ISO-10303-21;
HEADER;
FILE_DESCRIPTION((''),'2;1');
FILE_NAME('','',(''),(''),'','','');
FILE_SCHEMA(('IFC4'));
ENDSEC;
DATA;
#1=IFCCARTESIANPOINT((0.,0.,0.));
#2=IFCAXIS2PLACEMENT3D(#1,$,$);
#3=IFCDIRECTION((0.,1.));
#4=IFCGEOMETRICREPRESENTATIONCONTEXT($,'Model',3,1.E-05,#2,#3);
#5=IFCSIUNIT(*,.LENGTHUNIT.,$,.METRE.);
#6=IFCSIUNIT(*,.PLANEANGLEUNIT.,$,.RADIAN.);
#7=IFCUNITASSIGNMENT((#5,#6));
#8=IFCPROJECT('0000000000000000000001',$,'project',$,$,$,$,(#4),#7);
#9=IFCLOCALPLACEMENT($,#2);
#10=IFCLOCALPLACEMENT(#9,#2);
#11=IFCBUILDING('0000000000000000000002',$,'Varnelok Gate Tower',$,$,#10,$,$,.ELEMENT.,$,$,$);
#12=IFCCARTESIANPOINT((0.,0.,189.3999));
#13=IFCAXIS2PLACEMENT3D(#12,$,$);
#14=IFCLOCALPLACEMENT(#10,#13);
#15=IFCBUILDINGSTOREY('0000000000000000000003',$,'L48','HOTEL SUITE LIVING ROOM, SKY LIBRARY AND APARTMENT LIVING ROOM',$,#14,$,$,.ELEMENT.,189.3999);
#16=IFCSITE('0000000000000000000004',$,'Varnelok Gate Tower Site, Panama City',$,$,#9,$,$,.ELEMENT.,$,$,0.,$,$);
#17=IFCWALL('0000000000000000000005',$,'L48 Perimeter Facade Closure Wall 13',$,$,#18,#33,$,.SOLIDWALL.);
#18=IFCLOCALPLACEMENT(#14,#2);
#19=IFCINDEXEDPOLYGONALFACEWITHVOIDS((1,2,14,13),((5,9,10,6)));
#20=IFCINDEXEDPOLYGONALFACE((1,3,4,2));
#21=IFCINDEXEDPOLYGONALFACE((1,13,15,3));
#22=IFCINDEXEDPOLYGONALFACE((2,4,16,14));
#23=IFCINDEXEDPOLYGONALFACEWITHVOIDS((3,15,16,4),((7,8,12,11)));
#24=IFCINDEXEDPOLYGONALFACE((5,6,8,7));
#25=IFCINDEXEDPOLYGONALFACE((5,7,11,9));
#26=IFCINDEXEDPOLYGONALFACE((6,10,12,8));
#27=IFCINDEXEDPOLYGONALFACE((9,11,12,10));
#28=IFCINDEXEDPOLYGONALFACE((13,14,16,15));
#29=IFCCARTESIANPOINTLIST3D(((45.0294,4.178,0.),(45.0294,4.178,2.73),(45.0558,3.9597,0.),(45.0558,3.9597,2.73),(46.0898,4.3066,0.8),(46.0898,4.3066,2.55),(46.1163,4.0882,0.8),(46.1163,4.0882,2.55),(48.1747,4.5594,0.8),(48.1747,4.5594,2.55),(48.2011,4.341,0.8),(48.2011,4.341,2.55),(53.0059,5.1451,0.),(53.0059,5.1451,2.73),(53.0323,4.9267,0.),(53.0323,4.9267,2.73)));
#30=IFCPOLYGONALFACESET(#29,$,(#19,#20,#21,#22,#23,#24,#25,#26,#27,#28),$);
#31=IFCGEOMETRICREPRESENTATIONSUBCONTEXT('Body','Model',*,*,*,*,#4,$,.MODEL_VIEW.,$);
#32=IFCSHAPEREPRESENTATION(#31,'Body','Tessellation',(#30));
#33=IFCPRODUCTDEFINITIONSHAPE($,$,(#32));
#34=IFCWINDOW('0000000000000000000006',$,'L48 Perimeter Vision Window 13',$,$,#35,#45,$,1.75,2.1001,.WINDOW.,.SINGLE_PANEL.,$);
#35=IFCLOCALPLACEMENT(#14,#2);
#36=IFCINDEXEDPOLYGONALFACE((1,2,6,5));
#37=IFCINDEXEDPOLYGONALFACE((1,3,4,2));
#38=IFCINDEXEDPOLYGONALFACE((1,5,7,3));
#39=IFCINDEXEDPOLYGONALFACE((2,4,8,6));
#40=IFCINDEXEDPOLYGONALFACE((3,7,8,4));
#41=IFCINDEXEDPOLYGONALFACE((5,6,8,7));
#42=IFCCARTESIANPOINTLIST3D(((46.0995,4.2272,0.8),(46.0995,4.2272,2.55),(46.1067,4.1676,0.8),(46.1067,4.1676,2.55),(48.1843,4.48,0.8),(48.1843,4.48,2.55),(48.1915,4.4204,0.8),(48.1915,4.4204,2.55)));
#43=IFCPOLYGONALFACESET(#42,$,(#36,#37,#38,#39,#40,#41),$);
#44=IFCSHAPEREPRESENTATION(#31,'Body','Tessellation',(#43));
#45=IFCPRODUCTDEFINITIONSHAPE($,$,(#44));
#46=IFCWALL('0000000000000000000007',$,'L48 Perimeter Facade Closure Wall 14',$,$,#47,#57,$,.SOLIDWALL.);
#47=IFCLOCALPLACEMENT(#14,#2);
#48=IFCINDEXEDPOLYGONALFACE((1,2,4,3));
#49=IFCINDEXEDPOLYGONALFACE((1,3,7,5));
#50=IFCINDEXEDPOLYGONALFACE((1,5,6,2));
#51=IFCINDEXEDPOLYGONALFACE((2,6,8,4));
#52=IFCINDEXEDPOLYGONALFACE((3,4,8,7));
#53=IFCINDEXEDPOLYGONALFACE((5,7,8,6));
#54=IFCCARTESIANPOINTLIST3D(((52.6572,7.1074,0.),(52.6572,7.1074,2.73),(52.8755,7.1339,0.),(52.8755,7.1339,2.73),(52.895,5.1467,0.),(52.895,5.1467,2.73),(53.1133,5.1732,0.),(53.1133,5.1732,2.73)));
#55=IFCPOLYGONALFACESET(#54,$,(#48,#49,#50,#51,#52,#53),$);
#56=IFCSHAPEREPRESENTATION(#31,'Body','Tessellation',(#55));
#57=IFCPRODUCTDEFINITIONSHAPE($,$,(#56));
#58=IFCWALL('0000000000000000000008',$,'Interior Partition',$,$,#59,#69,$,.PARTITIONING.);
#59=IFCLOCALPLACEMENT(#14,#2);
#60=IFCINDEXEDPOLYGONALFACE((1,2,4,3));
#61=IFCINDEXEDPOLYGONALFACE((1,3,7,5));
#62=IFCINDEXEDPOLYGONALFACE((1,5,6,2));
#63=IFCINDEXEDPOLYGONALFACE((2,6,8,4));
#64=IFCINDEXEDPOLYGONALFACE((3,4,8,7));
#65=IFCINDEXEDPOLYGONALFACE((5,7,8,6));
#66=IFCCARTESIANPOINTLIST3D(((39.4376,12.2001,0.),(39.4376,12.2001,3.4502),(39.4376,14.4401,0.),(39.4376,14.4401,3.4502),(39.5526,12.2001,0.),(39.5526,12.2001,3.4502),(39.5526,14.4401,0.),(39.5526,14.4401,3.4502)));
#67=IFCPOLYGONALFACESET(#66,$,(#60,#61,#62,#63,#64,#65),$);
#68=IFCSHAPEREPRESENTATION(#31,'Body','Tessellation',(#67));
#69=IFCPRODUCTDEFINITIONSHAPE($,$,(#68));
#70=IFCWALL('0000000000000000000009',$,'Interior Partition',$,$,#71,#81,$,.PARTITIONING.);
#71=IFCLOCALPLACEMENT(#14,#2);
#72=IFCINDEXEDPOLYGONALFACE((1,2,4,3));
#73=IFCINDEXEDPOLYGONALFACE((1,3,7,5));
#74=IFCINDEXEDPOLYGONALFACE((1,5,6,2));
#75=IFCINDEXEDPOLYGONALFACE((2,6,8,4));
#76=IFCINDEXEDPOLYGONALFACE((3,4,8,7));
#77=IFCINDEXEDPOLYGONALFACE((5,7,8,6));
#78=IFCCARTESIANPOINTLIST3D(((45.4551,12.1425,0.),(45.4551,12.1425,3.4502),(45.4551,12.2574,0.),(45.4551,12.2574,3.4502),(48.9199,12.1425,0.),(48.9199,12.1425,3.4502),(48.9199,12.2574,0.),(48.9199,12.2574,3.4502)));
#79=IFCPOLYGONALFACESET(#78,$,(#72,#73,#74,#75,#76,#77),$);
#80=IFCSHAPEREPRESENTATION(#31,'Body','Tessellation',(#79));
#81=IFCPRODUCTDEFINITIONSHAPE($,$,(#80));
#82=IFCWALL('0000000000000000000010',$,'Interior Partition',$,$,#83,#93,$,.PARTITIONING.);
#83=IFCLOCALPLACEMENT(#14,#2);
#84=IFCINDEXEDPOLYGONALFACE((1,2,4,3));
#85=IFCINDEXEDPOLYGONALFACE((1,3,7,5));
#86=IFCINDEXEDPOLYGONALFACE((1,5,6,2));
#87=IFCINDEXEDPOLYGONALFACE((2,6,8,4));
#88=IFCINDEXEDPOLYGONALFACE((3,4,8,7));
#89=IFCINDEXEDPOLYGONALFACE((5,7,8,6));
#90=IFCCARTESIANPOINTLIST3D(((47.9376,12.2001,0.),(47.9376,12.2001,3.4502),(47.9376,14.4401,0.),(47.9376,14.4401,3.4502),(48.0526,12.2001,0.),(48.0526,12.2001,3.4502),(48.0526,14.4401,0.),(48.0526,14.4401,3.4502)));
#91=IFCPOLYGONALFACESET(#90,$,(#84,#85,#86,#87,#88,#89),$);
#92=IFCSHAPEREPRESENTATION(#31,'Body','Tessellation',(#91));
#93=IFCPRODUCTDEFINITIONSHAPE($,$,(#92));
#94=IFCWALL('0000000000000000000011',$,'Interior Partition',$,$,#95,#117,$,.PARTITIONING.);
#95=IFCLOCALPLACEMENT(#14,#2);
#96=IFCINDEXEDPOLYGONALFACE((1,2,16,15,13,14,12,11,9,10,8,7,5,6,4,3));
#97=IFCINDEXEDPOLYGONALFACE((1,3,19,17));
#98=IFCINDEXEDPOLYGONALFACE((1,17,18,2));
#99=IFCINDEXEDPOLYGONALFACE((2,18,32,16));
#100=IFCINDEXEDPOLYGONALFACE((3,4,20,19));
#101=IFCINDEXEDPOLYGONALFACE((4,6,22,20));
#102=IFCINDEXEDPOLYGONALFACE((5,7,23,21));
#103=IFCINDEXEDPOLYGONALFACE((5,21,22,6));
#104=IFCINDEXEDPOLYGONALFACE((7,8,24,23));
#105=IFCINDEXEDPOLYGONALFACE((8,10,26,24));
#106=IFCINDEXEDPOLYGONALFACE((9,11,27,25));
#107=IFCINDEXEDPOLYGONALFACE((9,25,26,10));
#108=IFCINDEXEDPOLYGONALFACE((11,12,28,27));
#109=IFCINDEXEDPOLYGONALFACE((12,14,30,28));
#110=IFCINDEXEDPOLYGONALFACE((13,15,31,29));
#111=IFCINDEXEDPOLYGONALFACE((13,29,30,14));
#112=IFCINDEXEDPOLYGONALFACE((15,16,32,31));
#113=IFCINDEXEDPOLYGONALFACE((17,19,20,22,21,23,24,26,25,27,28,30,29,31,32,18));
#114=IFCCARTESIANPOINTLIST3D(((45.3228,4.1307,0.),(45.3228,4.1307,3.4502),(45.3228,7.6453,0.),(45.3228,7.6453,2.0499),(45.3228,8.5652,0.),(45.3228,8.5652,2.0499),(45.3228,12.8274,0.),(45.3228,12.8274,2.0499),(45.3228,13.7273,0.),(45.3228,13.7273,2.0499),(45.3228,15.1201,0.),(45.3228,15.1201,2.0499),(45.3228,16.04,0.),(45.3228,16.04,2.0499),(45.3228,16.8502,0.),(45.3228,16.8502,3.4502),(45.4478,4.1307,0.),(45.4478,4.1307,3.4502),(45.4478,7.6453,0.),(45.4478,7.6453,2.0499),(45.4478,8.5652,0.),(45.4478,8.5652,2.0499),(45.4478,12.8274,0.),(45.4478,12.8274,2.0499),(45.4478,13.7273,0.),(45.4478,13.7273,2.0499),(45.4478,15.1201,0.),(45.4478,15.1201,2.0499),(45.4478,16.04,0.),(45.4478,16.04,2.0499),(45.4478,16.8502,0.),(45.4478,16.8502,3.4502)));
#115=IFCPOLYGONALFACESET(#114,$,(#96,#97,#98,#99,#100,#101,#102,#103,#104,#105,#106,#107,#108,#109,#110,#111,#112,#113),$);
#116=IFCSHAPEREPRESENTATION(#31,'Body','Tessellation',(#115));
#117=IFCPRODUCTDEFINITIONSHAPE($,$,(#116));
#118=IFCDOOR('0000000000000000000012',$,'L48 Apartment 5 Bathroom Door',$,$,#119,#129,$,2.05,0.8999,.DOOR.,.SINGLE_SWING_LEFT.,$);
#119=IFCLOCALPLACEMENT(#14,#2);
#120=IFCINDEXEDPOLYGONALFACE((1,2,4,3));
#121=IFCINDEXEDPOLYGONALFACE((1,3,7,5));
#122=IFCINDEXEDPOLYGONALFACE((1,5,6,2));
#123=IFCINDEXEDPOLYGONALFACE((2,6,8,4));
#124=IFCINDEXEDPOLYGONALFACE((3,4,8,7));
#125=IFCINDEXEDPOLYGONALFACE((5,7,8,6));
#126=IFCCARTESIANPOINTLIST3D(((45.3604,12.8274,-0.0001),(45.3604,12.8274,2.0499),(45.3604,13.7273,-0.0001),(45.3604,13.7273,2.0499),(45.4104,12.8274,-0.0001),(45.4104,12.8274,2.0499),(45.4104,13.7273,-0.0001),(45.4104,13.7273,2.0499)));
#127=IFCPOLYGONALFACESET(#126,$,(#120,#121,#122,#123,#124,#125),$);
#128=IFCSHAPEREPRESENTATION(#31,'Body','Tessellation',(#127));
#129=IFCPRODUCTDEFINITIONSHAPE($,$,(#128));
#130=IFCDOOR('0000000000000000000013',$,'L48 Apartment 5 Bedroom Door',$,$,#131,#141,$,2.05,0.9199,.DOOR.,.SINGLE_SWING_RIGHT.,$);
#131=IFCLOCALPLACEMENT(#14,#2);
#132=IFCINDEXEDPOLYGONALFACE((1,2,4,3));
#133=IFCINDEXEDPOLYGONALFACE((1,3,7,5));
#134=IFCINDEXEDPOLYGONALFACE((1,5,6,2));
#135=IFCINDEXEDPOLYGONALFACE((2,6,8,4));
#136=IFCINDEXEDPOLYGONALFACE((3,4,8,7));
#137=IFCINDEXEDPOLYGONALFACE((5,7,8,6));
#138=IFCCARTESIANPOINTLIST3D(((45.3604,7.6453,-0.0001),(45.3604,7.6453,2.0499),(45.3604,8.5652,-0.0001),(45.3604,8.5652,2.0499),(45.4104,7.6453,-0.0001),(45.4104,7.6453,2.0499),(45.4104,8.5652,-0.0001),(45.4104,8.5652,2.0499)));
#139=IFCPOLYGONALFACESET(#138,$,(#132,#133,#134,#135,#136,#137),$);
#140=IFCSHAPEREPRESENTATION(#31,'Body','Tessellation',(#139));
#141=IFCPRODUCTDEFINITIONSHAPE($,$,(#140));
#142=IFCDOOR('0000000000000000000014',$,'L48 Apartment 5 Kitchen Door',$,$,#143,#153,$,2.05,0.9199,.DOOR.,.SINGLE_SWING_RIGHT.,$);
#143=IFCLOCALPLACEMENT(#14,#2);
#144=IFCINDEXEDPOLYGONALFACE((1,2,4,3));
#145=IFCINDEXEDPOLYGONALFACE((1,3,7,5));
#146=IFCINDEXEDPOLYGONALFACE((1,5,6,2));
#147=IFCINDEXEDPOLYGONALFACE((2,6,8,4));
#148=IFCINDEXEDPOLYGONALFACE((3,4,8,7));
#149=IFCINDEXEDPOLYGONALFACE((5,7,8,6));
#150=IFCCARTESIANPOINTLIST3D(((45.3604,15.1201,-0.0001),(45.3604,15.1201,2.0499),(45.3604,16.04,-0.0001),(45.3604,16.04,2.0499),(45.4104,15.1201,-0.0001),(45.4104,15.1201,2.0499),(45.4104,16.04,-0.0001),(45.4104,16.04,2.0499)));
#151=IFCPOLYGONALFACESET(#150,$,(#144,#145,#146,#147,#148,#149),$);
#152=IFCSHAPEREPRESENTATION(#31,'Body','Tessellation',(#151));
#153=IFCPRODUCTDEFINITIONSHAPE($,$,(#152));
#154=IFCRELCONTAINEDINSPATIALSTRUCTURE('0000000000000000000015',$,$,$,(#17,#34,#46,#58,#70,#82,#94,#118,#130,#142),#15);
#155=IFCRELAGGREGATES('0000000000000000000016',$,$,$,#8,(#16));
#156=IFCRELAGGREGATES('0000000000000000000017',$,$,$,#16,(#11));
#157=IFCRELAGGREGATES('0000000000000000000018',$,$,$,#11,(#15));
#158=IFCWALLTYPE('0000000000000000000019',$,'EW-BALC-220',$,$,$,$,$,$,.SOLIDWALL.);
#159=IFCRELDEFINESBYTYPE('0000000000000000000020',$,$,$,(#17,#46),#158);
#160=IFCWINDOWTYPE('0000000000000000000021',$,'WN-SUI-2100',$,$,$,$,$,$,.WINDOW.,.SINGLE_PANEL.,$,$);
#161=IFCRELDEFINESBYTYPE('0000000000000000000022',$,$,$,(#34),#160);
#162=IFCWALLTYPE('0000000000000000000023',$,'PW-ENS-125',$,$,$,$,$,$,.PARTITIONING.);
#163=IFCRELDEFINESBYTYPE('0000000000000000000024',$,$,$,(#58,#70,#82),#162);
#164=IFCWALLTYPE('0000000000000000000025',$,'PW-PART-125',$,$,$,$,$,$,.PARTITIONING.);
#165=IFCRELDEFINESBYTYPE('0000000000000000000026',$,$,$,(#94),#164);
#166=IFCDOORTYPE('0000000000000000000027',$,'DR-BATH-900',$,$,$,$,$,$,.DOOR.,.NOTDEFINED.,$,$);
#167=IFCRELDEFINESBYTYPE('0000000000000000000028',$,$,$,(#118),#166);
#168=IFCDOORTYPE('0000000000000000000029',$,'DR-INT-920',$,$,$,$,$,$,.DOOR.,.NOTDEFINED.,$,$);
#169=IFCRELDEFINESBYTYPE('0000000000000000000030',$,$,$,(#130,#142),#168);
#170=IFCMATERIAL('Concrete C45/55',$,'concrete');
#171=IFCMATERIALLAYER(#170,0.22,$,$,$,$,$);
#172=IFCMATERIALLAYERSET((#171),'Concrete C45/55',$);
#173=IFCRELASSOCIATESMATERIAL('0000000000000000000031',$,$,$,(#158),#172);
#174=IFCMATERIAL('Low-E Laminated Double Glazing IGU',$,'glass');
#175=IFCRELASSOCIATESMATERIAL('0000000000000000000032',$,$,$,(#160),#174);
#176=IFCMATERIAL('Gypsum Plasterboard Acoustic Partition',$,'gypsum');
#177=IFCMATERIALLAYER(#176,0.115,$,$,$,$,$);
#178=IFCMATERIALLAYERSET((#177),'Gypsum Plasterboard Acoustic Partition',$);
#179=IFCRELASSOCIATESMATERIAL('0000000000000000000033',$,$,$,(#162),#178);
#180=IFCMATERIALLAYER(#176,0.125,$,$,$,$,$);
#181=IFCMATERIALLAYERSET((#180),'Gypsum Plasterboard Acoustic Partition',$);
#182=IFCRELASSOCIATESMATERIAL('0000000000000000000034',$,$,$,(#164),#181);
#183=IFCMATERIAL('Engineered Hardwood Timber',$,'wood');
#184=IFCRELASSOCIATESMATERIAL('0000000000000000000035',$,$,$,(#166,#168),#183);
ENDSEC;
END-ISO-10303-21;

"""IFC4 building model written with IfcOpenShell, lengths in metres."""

from ifc_helpers import new_model, si_unit, direction, frame, frame_2d, origin, place, context, subcontext, project, spatial, rectangle, extrude, material, layer, layer_set, type_object, element, fill, save


model = new_model("IFC4")

# Units and contexts
model_context = context("Model", 3, precision=1e-05, world=origin(), true_north=direction((0.0, 1.0)))
body_context = subcontext(model_context, "Body", "Model", "MODEL_VIEW")
ifc_project = project(units=[si_unit("LENGTHUNIT", "METRE"), si_unit("PLANEANGLEUNIT", "RADIAN")], contexts=[model_context])

# Site, building, storey
site_placement = place(None, origin())
site = spatial("IfcSite", under=ifc_project, at=site_placement, Name="Varnelok Gate Tower Site, Panama City", CompositionType="ELEMENT", RefElevation=0.0)
building_placement = place(site_placement, origin())
building = spatial("IfcBuilding", under=site, at=building_placement, Name="Varnelok Gate Tower", CompositionType="ELEMENT")
storey_placement = place(building_placement, frame((0.0, 0.0, 189.3999)))
storey = spatial("IfcBuildingStorey", under=building, at=storey_placement, Name="L48", Description="HOTEL SUITE LIVING ROOM, SKY LIBRARY AND APARTMENT LIVING ROOM", CompositionType="ELEMENT", Elevation=189.3999)

# Shared definitions
ifc_material_1 = material(Name="Concrete C45/55", Category="concrete")
ifc_layer_1 = layer(ifc_material_1, 0.22)
ifc_layer_set_1 = layer_set([ifc_layer_1], Name="Concrete C45/55")
wall_type_1 = type_object("IfcWallType", Name="EW-BALC-220", PredefinedType="SOLIDWALL", material=ifc_layer_set_1)

# Shared definitions
ifc_material_2 = material(Name="Low-E Laminated Double Glazing IGU", Category="glass")

# Wall, opening, window
wall_1_placement = place(storey_placement, frame((45.0425, 4.0688, 0.0), z_axis=(0.0, 0.0, 1.0), x_axis=(0.992731, 0.120354, 0.0)))
wall_1 = element("IfcWall", 1, at=wall_1_placement, inside=storey, type_object=wall_type_1, Name="L48 Perimeter Facade Closure Wall 13", PredefinedType="SOLIDWALL", context=body_context, shape_type="SweptSolid", body=[
    extrude(rectangle(XDim=8.0349, YDim=0.22, at=frame_2d((4.0176, 0.0))), origin(), (0.0, 0.0, 1.0), 2.73),
])
opening_1_placement = place(wall_1_placement, frame((1.0684, 0.0, 0.8)))
opening_1 = element("IfcOpeningElement", 2, at=opening_1_placement, cuts=wall_1, PredefinedType="OPENING", context=body_context, shape_type="SweptSolid", body=[
    extrude(rectangle(XDim=2.1001, YDim=1.75, at=frame_2d((1.05, 0.875))), frame((0.0, 0.1199, 0.0), z_axis=(0.0, -1.0, 0.0), x_axis=(1.0, 0.0, 0.0)), (0.0, 0.0, 1.0), 0.24),
])
window_type_1 = type_object("IfcWindowType", Name="WN-SUI-2100", PartitioningType="SINGLE_PANEL", PredefinedType="WINDOW", material=ifc_material_2)
window_1_placement = place(opening_1_placement, origin())
window_1 = element("IfcWindow", 3, at=window_1_placement, inside=storey, type_object=window_type_1, Name="L48 Perimeter Vision Window 13", OverallHeight=1.75, OverallWidth=2.1001, PartitioningType="SINGLE_PANEL", PredefinedType="WINDOW", context=body_context, shape_type="SweptSolid", body=[
    extrude(rectangle(XDim=2.1001, YDim=1.75, at=frame_2d((1.05, 0.875))), frame((0.0, 0.03, 0.0), z_axis=(0.0, -1.0, 0.0), x_axis=(1.0, 0.0, 0.0)), (0.0, 0.0, 1.0), 0.0601),
])
fill(opening_1, window_1)

# Walls
wall_2_placement = place(storey_placement, frame((53.0042, 5.1599, 0.0), z_axis=(0.0, 0.0, 1.0), x_axis=(-0.120398, 0.992726, 0.0)))
element("IfcWall", 4, at=wall_2_placement, inside=storey, type_object=wall_type_1, Name="L48 Perimeter Facade Closure Wall 14", PredefinedType="SOLIDWALL", context=body_context, shape_type="SweptSolid", body=[
    extrude(rectangle(XDim=1.9751, YDim=0.22, at=frame_2d((0.9875, 0.0))), origin(), (0.0, 0.0, 1.0), 2.73),
])
ifc_material_3 = material(Name="Gypsum Plasterboard Acoustic Partition", Category="gypsum")
ifc_layer_2 = layer(ifc_material_3, 0.115)
ifc_layer_set_2 = layer_set([ifc_layer_2], Name="Gypsum Plasterboard Acoustic Partition")
wall_type_2 = type_object("IfcWallType", Name="PW-ENS-125", PredefinedType="PARTITIONING", material=ifc_layer_set_2)
wall_3_placement = place(storey_placement, frame((39.4951, 12.2, 0.0), z_axis=(0.0, 0.0, 1.0), x_axis=(0.0, 1.0, 0.0)))
element("IfcWall", 5, at=wall_3_placement, inside=storey, type_object=wall_type_2, Name="Interior Partition", PredefinedType="PARTITIONING", context=body_context, shape_type="SweptSolid", body=[
    extrude(rectangle(XDim=2.24, YDim=0.115, at=frame_2d((1.1201, 0.0))), origin(), (0.0, 0.0, 1.0), 3.4502),
])
wall_4_placement = place(storey_placement, frame((45.4551, 12.2, 0.0), z_axis=(0.0, 0.0, 1.0), x_axis=(1.0, 0.0, 0.0)))
element("IfcWall", 6, at=wall_4_placement, inside=storey, type_object=wall_type_2, Name="Interior Partition", PredefinedType="PARTITIONING", context=body_context, shape_type="SweptSolid", body=[
    extrude(rectangle(XDim=3.4648, YDim=0.115, at=frame_2d((1.7324, 0.0))), origin(), (0.0, 0.0, 1.0), 3.4502),
])
wall_5_placement = place(storey_placement, frame((47.9951, 12.2, 0.0), z_axis=(0.0, 0.0, 1.0), x_axis=(0.0, 1.0, 0.0)))
element("IfcWall", 7, at=wall_5_placement, inside=storey, type_object=wall_type_2, Name="Interior Partition", PredefinedType="PARTITIONING", context=body_context, shape_type="SweptSolid", body=[
    extrude(rectangle(XDim=2.24, YDim=0.115, at=frame_2d((1.1201, 0.0))), origin(), (0.0, 0.0, 1.0), 3.4502),
])

# Wall, openings, doors
ifc_layer_3 = layer(ifc_material_3, 0.125)
ifc_layer_set_3 = layer_set([ifc_layer_3], Name="Gypsum Plasterboard Acoustic Partition")
wall_type_3 = type_object("IfcWallType", Name="PW-PART-125", PredefinedType="PARTITIONING", material=ifc_layer_set_3)
wall_6_placement = place(storey_placement, frame((45.3853, 4.1306, 0.0), z_axis=(0.0, 0.0, 1.0), x_axis=(0.0, 1.0, 0.0)))
wall_6 = element("IfcWall", 8, at=wall_6_placement, inside=storey, type_object=wall_type_3, Name="Interior Partition", PredefinedType="PARTITIONING", context=body_context, shape_type="SweptSolid", body=[
    extrude(rectangle(XDim=12.7195, YDim=0.125, at=frame_2d((6.3599, 0.0))), origin(), (0.0, 0.0, 1.0), 3.4502),
])
opening_2_placement = place(wall_6_placement, frame((3.5146, 0.0, 0.0)))
opening_2 = element("IfcOpeningElement", 9, at=opening_2_placement, cuts=wall_6, PredefinedType="OPENING", context=body_context, shape_type="SweptSolid", body=[
    extrude(rectangle(XDim=0.9199, YDim=2.05, at=frame_2d((0.46, 1.0249))), frame((0.0, 0.0725, 0.0), z_axis=(0.0, -1.0, 0.0), x_axis=(1.0, 0.0, 0.0)), (0.0, 0.0, 1.0), 0.145),
])
opening_3_placement = place(wall_6_placement, frame((8.6968, 0.0, 0.0)))
opening_3 = element("IfcOpeningElement", 10, at=opening_3_placement, cuts=wall_6, PredefinedType="OPENING", context=body_context, shape_type="SweptSolid", body=[
    extrude(rectangle(XDim=0.8999, YDim=2.05, at=frame_2d((0.45, 1.0249))), frame((0.0, 0.0725, 0.0), z_axis=(0.0, -1.0, 0.0), x_axis=(1.0, 0.0, 0.0)), (0.0, 0.0, 1.0), 0.145),
])
opening_4_placement = place(wall_6_placement, frame((10.9895, 0.0, 0.0)))
opening_4 = element("IfcOpeningElement", 11, at=opening_4_placement, cuts=wall_6, PredefinedType="OPENING", context=body_context, shape_type="SweptSolid", body=[
    extrude(rectangle(XDim=0.9199, YDim=2.05, at=frame_2d((0.46, 1.0249))), frame((0.0, 0.0725, 0.0), z_axis=(0.0, -1.0, 0.0), x_axis=(1.0, 0.0, 0.0)), (0.0, 0.0, 1.0), 0.145),
])
ifc_material_4 = material(Name="Engineered Hardwood Timber", Category="wood")
door_type_1 = type_object("IfcDoorType", Name="DR-BATH-900", OperationType="NOTDEFINED", PredefinedType="DOOR", material=ifc_material_4)
door_1_placement = place(opening_3_placement, origin())
door_1 = element("IfcDoor", 12, at=door_1_placement, inside=storey, type_object=door_type_1, Name="L48 Apartment 5 Bathroom Door", OperationType="SINGLE_SWING_LEFT", OverallHeight=2.05, OverallWidth=0.8999, PredefinedType="DOOR", context=body_context, shape_type="SweptSolid", body=[
    extrude(rectangle(XDim=0.8999, YDim=2.05, at=frame_2d((0.45, 1.0249))), frame((0.0, 0.0249, 0.0), z_axis=(0.0, -1.0, 0.0), x_axis=(1.0, 0.0, 0.0)), (0.0, 0.0, 1.0), 0.05),
])
fill(opening_3, door_1)
door_type_2 = type_object("IfcDoorType", Name="DR-INT-920", OperationType="NOTDEFINED", PredefinedType="DOOR", material=ifc_material_4)
door_2_placement = place(opening_2_placement, origin())
door_2 = element("IfcDoor", 13, at=door_2_placement, inside=storey, type_object=door_type_2, Name="L48 Apartment 5 Bedroom Door", OperationType="SINGLE_SWING_RIGHT", OverallHeight=2.05, OverallWidth=0.9199, PredefinedType="DOOR", context=body_context, shape_type="SweptSolid", body=[
    extrude(rectangle(XDim=0.9199, YDim=2.05, at=frame_2d((0.46, 1.0249))), frame((0.0, 0.0249, 0.0), z_axis=(0.0, -1.0, 0.0), x_axis=(1.0, 0.0, 0.0)), (0.0, 0.0, 1.0), 0.05),
])
fill(opening_2, door_2)
door_3_placement = place(opening_4_placement, origin())
door_3 = element("IfcDoor", 14, at=door_3_placement, inside=storey, type_object=door_type_2, Name="L48 Apartment 5 Kitchen Door", OperationType="SINGLE_SWING_RIGHT", OverallHeight=2.05, OverallWidth=0.9199, PredefinedType="DOOR", context=body_context, shape_type="SweptSolid", body=[
    extrude(rectangle(XDim=0.9199, YDim=2.05, at=frame_2d((0.46, 1.0249))), frame((0.0, 0.0249, 0.0), z_axis=(0.0, -1.0, 0.0), x_axis=(1.0, 0.0, 0.0)), (0.0, 0.0, 1.0), 0.05),
])
fill(opening_4, door_3)

save(model, "model.ifc")
